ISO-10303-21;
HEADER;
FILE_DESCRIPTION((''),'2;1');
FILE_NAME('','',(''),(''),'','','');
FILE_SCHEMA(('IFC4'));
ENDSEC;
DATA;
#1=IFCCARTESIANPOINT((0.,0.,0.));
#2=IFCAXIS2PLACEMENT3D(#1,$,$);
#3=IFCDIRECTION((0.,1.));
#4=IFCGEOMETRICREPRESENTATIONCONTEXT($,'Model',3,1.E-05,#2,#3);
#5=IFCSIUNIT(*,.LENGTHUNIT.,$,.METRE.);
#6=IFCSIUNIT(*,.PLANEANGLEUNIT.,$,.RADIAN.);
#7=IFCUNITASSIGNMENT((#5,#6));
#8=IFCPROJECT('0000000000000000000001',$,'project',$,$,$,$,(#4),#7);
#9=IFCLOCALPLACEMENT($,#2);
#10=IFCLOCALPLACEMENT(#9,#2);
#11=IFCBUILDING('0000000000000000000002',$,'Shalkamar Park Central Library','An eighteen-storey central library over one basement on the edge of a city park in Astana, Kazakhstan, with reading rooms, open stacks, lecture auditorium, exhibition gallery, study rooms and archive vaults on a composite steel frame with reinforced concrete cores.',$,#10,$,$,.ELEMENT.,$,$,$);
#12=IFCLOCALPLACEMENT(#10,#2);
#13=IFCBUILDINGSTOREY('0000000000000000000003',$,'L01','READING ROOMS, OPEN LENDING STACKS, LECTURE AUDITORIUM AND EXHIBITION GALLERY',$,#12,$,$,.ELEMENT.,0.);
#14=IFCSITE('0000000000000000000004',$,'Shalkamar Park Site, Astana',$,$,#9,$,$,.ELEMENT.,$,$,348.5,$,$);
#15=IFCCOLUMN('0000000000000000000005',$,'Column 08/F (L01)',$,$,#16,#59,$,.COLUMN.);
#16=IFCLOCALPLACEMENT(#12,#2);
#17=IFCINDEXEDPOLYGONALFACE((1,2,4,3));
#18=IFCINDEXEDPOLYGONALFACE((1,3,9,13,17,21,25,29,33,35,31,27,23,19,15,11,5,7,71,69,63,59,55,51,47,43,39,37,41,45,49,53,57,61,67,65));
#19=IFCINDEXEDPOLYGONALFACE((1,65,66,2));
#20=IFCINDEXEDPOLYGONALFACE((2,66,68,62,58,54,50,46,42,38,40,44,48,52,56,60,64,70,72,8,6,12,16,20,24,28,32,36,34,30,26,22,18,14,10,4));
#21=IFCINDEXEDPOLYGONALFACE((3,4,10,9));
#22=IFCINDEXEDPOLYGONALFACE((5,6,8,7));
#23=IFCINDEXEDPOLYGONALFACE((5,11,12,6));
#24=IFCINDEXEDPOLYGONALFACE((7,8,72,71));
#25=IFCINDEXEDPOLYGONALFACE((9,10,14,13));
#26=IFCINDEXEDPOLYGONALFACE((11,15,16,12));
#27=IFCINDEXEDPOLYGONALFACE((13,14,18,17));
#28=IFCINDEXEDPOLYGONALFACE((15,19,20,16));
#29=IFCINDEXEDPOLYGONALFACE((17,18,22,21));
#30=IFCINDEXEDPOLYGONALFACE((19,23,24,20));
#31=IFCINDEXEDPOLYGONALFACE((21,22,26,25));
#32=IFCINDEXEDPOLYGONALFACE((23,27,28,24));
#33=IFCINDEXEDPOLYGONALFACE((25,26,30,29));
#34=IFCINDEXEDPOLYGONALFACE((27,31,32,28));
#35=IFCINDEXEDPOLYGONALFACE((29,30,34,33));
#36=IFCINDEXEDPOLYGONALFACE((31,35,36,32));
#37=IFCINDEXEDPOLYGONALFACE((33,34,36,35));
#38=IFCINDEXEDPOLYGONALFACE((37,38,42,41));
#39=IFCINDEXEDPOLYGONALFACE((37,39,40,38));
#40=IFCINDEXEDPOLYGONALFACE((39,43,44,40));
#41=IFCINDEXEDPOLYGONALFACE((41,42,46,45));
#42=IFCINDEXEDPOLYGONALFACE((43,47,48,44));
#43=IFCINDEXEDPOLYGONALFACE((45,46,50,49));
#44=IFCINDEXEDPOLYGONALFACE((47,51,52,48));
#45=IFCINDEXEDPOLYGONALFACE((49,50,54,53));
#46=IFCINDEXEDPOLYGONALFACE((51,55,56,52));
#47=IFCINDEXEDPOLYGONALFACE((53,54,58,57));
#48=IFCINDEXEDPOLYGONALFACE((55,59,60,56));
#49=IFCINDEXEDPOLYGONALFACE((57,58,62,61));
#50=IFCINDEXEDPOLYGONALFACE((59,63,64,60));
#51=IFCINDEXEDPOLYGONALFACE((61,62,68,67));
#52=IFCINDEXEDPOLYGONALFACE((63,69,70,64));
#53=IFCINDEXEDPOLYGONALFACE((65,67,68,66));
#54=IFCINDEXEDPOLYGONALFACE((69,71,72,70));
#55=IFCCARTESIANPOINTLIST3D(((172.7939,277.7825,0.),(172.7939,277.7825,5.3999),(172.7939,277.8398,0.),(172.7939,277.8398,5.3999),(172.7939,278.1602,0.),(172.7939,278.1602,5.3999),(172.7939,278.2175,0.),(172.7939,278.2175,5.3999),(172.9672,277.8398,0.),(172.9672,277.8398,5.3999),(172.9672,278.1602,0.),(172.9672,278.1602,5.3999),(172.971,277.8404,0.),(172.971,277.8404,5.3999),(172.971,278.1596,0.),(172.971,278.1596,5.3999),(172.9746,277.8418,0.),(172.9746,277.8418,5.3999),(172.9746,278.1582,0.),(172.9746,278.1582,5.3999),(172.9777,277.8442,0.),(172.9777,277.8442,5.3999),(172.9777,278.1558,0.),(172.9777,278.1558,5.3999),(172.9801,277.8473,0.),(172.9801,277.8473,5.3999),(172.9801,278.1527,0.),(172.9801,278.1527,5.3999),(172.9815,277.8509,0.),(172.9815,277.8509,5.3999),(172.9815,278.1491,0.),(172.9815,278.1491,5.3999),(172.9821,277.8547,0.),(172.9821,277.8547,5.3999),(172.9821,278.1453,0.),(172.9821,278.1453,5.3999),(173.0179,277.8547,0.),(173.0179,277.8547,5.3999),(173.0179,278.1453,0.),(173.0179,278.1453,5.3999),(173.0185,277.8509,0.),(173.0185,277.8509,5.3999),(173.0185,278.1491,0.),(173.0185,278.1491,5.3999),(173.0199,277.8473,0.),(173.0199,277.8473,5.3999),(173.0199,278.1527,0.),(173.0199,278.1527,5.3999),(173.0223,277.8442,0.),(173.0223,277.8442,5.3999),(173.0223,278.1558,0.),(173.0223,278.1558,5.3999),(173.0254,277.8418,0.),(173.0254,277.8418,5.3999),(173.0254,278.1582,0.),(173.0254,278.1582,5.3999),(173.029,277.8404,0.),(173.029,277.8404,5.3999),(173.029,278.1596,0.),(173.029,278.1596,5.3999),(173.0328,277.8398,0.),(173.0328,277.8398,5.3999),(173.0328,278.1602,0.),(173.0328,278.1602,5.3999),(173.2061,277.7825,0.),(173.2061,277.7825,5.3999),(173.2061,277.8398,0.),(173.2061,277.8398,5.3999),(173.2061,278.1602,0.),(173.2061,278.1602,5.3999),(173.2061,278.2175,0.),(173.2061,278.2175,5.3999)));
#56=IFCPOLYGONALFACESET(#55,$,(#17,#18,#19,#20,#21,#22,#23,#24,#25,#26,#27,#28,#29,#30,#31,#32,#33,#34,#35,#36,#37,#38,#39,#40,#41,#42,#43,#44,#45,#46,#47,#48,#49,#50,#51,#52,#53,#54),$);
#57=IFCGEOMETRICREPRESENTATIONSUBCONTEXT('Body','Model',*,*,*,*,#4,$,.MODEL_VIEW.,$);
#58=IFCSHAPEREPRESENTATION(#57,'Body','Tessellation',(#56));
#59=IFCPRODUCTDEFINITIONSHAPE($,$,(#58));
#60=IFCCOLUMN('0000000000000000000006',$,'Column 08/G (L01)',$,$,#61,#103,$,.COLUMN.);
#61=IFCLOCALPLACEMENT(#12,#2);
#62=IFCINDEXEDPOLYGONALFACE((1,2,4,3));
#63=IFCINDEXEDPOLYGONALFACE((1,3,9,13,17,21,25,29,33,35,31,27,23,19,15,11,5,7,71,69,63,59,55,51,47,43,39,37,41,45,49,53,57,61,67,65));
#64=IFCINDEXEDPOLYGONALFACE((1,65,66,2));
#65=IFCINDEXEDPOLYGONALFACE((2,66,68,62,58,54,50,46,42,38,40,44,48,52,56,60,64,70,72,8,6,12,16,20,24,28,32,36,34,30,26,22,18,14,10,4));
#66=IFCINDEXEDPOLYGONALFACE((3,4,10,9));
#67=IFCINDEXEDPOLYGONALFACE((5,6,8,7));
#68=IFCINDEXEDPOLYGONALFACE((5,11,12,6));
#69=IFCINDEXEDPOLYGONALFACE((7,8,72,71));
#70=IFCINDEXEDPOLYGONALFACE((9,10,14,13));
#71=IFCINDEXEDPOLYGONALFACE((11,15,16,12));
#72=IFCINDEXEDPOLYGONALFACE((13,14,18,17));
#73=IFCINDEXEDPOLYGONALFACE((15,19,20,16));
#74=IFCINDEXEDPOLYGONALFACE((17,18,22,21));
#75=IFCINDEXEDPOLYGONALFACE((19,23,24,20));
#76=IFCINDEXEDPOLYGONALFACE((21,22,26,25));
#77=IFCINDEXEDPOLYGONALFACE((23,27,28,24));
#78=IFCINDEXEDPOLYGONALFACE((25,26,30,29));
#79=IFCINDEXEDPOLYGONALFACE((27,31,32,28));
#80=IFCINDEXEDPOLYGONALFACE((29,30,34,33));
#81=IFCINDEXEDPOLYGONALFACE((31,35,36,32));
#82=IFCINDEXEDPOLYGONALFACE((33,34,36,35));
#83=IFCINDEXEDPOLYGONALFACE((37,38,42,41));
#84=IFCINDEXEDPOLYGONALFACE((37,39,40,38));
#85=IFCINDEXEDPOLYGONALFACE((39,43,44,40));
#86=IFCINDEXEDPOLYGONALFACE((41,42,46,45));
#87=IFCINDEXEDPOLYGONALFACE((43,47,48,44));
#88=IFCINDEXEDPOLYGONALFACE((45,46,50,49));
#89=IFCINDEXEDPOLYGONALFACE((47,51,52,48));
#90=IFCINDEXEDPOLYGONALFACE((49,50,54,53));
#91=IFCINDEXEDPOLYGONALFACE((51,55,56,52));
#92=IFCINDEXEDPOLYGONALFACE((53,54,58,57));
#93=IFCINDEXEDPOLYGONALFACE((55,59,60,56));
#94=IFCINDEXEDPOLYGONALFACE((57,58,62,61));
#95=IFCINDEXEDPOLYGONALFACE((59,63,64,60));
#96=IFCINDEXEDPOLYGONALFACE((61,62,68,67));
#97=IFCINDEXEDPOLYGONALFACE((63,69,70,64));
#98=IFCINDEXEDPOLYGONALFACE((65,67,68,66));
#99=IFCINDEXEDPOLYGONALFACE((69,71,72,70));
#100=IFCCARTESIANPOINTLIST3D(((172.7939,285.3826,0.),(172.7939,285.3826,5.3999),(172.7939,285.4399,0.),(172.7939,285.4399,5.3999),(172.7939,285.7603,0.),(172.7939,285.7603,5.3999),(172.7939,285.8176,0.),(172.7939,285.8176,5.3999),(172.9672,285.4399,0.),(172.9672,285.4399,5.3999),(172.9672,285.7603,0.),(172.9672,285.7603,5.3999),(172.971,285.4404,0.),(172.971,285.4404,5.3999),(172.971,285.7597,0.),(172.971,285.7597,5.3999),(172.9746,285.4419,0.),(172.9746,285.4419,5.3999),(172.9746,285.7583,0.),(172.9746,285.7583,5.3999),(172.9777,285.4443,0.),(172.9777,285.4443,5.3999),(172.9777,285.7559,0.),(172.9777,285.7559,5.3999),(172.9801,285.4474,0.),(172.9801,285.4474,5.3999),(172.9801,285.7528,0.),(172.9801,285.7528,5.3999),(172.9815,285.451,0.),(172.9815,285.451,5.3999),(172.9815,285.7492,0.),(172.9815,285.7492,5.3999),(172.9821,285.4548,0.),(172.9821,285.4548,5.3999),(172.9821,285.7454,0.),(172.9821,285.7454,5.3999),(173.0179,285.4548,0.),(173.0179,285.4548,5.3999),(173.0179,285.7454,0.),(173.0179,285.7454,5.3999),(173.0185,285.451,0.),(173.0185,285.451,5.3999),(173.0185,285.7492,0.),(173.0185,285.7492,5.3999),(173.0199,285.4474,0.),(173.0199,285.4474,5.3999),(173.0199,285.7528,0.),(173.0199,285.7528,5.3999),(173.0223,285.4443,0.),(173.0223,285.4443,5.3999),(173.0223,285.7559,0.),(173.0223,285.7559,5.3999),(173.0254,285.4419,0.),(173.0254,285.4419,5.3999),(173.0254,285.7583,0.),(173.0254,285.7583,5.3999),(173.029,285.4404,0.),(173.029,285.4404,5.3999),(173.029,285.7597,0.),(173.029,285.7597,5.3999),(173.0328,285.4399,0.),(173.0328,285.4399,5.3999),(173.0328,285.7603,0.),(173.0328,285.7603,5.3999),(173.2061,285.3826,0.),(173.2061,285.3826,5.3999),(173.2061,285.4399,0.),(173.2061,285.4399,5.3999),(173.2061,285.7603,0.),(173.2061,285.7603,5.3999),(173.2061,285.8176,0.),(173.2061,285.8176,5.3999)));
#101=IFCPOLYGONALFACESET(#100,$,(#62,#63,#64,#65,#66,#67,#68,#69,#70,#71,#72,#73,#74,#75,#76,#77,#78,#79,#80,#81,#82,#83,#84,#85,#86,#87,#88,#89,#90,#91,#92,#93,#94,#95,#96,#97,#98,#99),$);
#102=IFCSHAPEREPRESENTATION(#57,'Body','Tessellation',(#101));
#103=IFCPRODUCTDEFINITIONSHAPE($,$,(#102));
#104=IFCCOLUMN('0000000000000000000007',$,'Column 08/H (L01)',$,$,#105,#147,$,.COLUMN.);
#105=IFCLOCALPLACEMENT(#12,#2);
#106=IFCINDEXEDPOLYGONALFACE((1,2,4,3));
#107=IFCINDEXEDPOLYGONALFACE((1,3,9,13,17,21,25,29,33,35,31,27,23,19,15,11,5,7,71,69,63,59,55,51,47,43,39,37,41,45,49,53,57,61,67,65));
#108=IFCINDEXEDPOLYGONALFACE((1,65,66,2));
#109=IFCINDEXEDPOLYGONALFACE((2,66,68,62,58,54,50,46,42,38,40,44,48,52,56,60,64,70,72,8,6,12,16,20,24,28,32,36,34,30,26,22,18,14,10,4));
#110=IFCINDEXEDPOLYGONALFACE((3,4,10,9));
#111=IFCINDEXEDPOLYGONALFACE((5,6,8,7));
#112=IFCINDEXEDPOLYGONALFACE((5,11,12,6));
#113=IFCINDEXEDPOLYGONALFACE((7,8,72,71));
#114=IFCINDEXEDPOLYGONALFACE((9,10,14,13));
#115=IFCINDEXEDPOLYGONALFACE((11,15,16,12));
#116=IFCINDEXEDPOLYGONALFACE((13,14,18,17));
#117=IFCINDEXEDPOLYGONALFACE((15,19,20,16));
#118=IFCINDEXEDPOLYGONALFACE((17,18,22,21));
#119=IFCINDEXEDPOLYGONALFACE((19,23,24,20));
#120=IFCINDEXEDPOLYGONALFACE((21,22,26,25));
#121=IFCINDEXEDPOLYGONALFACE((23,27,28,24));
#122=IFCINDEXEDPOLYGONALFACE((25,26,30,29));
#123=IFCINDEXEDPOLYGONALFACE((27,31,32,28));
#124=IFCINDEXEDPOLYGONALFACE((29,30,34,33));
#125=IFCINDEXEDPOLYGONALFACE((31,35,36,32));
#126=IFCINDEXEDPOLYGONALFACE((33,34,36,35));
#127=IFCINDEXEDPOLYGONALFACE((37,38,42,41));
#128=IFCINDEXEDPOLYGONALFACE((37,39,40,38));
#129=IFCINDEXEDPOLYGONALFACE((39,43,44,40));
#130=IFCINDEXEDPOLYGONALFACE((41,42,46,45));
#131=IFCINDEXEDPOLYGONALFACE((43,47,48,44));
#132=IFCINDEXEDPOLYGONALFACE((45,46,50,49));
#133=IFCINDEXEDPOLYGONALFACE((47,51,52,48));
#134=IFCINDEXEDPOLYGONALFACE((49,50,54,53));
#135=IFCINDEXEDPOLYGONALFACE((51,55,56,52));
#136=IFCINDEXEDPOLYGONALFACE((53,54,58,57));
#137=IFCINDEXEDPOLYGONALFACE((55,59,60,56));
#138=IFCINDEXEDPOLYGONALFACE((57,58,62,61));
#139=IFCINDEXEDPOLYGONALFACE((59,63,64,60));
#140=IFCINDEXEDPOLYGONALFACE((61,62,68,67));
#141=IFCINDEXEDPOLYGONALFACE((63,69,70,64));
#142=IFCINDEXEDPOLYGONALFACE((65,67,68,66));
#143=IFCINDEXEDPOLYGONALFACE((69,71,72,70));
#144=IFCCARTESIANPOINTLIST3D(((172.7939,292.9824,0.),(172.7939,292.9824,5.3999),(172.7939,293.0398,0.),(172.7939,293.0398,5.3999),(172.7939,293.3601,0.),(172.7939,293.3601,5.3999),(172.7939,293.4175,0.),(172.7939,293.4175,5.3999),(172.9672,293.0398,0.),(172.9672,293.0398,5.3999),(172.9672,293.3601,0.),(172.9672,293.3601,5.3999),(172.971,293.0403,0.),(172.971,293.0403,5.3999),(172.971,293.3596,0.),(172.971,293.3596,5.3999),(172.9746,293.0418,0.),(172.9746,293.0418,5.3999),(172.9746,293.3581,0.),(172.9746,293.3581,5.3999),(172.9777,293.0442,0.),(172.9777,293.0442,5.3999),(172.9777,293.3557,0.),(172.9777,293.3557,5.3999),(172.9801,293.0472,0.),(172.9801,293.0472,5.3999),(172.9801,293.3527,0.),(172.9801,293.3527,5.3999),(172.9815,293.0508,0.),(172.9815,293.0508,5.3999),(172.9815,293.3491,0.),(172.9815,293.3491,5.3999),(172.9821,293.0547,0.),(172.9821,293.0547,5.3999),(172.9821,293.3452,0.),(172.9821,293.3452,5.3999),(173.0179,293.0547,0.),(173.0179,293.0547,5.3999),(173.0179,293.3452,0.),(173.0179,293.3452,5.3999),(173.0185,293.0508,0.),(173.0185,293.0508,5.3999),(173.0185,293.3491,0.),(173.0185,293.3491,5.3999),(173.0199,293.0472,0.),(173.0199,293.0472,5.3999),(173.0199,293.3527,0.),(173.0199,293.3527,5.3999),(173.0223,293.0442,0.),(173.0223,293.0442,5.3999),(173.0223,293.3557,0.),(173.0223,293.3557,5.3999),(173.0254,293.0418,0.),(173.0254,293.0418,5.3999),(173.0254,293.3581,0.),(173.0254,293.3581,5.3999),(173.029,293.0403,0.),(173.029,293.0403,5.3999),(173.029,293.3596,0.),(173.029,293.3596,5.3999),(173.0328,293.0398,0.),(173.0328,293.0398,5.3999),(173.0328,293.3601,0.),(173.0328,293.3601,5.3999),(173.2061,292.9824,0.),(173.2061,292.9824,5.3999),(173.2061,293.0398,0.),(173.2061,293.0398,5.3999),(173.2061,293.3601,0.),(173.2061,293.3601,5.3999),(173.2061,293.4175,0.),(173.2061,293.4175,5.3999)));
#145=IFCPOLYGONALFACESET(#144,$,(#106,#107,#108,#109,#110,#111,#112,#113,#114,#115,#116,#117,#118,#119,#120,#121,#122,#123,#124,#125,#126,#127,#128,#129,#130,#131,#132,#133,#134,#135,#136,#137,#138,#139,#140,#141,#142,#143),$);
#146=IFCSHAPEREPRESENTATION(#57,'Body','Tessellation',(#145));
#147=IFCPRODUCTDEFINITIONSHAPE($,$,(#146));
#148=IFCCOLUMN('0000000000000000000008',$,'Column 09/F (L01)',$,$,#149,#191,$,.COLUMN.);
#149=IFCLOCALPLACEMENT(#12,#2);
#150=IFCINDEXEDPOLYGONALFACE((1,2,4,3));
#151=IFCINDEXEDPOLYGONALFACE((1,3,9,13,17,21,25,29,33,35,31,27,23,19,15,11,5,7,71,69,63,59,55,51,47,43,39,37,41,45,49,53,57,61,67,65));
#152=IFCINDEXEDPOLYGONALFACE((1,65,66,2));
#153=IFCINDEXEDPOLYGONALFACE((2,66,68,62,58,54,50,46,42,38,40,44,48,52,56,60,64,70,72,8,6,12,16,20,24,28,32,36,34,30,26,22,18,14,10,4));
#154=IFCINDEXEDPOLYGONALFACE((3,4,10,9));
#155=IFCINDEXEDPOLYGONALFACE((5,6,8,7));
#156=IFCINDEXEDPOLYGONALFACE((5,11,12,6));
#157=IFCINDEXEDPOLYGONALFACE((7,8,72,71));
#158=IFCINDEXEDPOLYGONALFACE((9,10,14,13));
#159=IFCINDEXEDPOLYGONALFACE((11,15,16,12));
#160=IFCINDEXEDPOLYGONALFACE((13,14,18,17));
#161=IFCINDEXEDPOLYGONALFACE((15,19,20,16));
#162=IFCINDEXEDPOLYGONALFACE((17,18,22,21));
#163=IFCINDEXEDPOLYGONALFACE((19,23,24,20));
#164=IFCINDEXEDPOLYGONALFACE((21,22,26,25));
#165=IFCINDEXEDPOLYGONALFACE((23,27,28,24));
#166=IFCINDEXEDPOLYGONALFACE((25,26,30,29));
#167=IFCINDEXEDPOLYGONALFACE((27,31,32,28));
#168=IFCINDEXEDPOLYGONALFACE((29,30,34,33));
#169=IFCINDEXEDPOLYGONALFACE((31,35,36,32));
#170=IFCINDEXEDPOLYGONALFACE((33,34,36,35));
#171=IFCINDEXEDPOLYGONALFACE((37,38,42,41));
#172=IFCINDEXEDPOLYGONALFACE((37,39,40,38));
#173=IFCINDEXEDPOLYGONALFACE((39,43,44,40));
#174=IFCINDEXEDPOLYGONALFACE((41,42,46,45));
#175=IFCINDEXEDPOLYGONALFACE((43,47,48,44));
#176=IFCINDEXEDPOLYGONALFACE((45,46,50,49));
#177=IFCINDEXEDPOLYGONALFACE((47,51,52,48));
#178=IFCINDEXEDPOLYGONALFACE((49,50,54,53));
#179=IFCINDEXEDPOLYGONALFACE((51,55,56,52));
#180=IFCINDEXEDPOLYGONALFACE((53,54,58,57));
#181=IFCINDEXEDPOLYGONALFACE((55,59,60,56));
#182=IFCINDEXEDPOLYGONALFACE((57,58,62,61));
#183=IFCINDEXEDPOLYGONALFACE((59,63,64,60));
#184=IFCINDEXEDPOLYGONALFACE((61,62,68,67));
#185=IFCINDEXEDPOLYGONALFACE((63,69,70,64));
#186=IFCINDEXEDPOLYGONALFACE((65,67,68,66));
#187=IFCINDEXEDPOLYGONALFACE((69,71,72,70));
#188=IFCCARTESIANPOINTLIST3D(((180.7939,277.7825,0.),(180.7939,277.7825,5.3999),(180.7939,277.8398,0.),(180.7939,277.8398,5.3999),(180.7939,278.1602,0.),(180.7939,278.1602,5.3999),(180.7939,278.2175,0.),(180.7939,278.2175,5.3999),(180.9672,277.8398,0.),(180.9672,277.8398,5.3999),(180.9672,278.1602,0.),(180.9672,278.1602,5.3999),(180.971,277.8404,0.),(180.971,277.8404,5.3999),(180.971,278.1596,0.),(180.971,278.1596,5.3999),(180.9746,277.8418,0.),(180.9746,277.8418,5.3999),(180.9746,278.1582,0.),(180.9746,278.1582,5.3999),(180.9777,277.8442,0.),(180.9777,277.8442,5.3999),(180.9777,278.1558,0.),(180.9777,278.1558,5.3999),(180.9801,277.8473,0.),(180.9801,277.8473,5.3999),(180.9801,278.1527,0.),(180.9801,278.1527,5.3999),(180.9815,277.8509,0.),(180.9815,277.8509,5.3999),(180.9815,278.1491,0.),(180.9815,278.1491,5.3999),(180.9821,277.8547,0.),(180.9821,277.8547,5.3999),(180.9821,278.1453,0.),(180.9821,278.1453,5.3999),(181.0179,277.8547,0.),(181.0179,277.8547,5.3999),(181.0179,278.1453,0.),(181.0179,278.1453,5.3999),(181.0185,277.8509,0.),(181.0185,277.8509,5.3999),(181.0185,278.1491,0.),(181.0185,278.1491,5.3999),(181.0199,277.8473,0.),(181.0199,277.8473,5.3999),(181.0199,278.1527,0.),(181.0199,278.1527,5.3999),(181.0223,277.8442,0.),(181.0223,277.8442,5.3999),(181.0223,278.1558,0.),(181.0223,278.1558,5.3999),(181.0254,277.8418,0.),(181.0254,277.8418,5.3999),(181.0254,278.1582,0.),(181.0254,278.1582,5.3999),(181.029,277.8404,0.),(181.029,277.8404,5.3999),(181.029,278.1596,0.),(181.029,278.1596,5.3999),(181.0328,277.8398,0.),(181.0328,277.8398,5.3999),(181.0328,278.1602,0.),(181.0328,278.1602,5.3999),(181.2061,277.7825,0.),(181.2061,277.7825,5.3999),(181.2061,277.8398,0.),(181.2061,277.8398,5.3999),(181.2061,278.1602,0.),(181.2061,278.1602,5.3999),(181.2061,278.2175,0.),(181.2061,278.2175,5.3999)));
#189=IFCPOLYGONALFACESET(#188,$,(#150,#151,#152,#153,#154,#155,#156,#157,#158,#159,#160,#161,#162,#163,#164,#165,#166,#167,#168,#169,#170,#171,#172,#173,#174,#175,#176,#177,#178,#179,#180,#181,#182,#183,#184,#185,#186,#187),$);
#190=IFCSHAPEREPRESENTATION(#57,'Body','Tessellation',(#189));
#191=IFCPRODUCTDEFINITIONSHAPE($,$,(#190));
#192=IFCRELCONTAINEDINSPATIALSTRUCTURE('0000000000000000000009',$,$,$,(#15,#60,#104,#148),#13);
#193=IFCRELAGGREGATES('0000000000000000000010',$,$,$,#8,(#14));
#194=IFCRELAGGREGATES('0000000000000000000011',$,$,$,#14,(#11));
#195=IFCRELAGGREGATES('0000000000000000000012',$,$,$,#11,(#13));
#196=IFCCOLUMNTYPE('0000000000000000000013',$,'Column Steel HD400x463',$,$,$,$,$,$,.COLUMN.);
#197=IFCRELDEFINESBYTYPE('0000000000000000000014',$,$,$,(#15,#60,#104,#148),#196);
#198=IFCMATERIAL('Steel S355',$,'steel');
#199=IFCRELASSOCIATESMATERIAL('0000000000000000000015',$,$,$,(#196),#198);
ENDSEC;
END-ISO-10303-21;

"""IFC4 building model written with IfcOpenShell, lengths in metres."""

from ifc_helpers import new_model, si_unit, direction, frame, origin, origin_2d, place, context, subcontext, project, spatial, i_section, extrude, material, material_profile, profile_set, type_object, element, save


model = new_model("IFC4")

# Units and contexts
model_context = context("Model", 3, precision=1e-05, world=origin(), true_north=direction((0.0, 1.0)))
body_context = subcontext(model_context, "Body", "Model", "MODEL_VIEW")
ifc_project = project(units=[si_unit("LENGTHUNIT", "METRE"), si_unit("PLANEANGLEUNIT", "RADIAN")], contexts=[model_context])

# Site, building, storey
site_placement = place(None, origin())
site = spatial("IfcSite", under=ifc_project, at=site_placement, Name="Shalkamar Park Site, Astana", CompositionType="ELEMENT", RefElevation=348.5)
building_placement = place(site_placement, origin())
building = spatial("IfcBuilding", under=site, at=building_placement, Name="Shalkamar Park Central Library", Description="An eighteen-storey central library over one basement on the edge of a city park in Astana, Kazakhstan, with reading rooms, open stacks, lecture auditorium, exhibition gallery, study rooms and archive vaults on a composite steel frame with reinforced concrete cores.", CompositionType="ELEMENT")
storey_placement = place(building_placement, origin())
storey = spatial("IfcBuildingStorey", under=building, at=storey_placement, Name="L01", Description="READING ROOMS, OPEN LENDING STACKS, LECTURE AUDITORIUM AND EXHIBITION GALLERY", CompositionType="ELEMENT", Elevation=0.0)

# Columns
ifc_material = material(Name="Steel S355", Category="steel")
ifc_material_profile_1 = material_profile(ifc_material, i_section(OverallWidth=0.4121, OverallDepth=0.4351, WebThickness=0.0359, FlangeThickness=0.0574, FilletRadius=0.0149, at=origin_2d()), Name="HD 400x463")
ifc_profile_set_1 = profile_set([ifc_material_profile_1], Name="Steel S355")
column_type_1 = type_object("IfcColumnType", Name="Column Steel HD400x463", PredefinedType="COLUMN", material=ifc_profile_set_1)
for number, where, z_axis, x_axis, name in (
    (1, (173.0, 278.0, 0.0), (0.0, 0.0, 1.0), (1.0, 0.0, 0.0), "Column 08/F (L01)"),
    (2, (173.0, 285.6001, 0.0), (0.0, 0.0, 1.0), (1.0, 0.0, 0.0), "Column 08/G (L01)"),
    (3, (173.0, 293.2, 0.0), (0.0, 0.0, 1.0), (1.0, 0.0, 0.0), "Column 08/H (L01)"),
    (4, (181.0, 278.0, 0.0), (0.0, 0.0, 1.0), (1.0, 0.0, 0.0), "Column 09/F (L01)"),
):
    element("IfcColumn", number, at=place(storey_placement, frame(where, z_axis=z_axis, x_axis=x_axis)), inside=storey, type_object=column_type_1, Name=name, PredefinedType="COLUMN", context=body_context, shape_type="SweptSolid", body=[
        extrude(i_section(OverallWidth=0.4121, OverallDepth=0.4351, WebThickness=0.0359, FlangeThickness=0.0574, FilletRadius=0.0149, at=origin_2d()), origin(), (0.0, 0.0, 1.0), 5.3999),
    ])

save(model, "model.ifc")
